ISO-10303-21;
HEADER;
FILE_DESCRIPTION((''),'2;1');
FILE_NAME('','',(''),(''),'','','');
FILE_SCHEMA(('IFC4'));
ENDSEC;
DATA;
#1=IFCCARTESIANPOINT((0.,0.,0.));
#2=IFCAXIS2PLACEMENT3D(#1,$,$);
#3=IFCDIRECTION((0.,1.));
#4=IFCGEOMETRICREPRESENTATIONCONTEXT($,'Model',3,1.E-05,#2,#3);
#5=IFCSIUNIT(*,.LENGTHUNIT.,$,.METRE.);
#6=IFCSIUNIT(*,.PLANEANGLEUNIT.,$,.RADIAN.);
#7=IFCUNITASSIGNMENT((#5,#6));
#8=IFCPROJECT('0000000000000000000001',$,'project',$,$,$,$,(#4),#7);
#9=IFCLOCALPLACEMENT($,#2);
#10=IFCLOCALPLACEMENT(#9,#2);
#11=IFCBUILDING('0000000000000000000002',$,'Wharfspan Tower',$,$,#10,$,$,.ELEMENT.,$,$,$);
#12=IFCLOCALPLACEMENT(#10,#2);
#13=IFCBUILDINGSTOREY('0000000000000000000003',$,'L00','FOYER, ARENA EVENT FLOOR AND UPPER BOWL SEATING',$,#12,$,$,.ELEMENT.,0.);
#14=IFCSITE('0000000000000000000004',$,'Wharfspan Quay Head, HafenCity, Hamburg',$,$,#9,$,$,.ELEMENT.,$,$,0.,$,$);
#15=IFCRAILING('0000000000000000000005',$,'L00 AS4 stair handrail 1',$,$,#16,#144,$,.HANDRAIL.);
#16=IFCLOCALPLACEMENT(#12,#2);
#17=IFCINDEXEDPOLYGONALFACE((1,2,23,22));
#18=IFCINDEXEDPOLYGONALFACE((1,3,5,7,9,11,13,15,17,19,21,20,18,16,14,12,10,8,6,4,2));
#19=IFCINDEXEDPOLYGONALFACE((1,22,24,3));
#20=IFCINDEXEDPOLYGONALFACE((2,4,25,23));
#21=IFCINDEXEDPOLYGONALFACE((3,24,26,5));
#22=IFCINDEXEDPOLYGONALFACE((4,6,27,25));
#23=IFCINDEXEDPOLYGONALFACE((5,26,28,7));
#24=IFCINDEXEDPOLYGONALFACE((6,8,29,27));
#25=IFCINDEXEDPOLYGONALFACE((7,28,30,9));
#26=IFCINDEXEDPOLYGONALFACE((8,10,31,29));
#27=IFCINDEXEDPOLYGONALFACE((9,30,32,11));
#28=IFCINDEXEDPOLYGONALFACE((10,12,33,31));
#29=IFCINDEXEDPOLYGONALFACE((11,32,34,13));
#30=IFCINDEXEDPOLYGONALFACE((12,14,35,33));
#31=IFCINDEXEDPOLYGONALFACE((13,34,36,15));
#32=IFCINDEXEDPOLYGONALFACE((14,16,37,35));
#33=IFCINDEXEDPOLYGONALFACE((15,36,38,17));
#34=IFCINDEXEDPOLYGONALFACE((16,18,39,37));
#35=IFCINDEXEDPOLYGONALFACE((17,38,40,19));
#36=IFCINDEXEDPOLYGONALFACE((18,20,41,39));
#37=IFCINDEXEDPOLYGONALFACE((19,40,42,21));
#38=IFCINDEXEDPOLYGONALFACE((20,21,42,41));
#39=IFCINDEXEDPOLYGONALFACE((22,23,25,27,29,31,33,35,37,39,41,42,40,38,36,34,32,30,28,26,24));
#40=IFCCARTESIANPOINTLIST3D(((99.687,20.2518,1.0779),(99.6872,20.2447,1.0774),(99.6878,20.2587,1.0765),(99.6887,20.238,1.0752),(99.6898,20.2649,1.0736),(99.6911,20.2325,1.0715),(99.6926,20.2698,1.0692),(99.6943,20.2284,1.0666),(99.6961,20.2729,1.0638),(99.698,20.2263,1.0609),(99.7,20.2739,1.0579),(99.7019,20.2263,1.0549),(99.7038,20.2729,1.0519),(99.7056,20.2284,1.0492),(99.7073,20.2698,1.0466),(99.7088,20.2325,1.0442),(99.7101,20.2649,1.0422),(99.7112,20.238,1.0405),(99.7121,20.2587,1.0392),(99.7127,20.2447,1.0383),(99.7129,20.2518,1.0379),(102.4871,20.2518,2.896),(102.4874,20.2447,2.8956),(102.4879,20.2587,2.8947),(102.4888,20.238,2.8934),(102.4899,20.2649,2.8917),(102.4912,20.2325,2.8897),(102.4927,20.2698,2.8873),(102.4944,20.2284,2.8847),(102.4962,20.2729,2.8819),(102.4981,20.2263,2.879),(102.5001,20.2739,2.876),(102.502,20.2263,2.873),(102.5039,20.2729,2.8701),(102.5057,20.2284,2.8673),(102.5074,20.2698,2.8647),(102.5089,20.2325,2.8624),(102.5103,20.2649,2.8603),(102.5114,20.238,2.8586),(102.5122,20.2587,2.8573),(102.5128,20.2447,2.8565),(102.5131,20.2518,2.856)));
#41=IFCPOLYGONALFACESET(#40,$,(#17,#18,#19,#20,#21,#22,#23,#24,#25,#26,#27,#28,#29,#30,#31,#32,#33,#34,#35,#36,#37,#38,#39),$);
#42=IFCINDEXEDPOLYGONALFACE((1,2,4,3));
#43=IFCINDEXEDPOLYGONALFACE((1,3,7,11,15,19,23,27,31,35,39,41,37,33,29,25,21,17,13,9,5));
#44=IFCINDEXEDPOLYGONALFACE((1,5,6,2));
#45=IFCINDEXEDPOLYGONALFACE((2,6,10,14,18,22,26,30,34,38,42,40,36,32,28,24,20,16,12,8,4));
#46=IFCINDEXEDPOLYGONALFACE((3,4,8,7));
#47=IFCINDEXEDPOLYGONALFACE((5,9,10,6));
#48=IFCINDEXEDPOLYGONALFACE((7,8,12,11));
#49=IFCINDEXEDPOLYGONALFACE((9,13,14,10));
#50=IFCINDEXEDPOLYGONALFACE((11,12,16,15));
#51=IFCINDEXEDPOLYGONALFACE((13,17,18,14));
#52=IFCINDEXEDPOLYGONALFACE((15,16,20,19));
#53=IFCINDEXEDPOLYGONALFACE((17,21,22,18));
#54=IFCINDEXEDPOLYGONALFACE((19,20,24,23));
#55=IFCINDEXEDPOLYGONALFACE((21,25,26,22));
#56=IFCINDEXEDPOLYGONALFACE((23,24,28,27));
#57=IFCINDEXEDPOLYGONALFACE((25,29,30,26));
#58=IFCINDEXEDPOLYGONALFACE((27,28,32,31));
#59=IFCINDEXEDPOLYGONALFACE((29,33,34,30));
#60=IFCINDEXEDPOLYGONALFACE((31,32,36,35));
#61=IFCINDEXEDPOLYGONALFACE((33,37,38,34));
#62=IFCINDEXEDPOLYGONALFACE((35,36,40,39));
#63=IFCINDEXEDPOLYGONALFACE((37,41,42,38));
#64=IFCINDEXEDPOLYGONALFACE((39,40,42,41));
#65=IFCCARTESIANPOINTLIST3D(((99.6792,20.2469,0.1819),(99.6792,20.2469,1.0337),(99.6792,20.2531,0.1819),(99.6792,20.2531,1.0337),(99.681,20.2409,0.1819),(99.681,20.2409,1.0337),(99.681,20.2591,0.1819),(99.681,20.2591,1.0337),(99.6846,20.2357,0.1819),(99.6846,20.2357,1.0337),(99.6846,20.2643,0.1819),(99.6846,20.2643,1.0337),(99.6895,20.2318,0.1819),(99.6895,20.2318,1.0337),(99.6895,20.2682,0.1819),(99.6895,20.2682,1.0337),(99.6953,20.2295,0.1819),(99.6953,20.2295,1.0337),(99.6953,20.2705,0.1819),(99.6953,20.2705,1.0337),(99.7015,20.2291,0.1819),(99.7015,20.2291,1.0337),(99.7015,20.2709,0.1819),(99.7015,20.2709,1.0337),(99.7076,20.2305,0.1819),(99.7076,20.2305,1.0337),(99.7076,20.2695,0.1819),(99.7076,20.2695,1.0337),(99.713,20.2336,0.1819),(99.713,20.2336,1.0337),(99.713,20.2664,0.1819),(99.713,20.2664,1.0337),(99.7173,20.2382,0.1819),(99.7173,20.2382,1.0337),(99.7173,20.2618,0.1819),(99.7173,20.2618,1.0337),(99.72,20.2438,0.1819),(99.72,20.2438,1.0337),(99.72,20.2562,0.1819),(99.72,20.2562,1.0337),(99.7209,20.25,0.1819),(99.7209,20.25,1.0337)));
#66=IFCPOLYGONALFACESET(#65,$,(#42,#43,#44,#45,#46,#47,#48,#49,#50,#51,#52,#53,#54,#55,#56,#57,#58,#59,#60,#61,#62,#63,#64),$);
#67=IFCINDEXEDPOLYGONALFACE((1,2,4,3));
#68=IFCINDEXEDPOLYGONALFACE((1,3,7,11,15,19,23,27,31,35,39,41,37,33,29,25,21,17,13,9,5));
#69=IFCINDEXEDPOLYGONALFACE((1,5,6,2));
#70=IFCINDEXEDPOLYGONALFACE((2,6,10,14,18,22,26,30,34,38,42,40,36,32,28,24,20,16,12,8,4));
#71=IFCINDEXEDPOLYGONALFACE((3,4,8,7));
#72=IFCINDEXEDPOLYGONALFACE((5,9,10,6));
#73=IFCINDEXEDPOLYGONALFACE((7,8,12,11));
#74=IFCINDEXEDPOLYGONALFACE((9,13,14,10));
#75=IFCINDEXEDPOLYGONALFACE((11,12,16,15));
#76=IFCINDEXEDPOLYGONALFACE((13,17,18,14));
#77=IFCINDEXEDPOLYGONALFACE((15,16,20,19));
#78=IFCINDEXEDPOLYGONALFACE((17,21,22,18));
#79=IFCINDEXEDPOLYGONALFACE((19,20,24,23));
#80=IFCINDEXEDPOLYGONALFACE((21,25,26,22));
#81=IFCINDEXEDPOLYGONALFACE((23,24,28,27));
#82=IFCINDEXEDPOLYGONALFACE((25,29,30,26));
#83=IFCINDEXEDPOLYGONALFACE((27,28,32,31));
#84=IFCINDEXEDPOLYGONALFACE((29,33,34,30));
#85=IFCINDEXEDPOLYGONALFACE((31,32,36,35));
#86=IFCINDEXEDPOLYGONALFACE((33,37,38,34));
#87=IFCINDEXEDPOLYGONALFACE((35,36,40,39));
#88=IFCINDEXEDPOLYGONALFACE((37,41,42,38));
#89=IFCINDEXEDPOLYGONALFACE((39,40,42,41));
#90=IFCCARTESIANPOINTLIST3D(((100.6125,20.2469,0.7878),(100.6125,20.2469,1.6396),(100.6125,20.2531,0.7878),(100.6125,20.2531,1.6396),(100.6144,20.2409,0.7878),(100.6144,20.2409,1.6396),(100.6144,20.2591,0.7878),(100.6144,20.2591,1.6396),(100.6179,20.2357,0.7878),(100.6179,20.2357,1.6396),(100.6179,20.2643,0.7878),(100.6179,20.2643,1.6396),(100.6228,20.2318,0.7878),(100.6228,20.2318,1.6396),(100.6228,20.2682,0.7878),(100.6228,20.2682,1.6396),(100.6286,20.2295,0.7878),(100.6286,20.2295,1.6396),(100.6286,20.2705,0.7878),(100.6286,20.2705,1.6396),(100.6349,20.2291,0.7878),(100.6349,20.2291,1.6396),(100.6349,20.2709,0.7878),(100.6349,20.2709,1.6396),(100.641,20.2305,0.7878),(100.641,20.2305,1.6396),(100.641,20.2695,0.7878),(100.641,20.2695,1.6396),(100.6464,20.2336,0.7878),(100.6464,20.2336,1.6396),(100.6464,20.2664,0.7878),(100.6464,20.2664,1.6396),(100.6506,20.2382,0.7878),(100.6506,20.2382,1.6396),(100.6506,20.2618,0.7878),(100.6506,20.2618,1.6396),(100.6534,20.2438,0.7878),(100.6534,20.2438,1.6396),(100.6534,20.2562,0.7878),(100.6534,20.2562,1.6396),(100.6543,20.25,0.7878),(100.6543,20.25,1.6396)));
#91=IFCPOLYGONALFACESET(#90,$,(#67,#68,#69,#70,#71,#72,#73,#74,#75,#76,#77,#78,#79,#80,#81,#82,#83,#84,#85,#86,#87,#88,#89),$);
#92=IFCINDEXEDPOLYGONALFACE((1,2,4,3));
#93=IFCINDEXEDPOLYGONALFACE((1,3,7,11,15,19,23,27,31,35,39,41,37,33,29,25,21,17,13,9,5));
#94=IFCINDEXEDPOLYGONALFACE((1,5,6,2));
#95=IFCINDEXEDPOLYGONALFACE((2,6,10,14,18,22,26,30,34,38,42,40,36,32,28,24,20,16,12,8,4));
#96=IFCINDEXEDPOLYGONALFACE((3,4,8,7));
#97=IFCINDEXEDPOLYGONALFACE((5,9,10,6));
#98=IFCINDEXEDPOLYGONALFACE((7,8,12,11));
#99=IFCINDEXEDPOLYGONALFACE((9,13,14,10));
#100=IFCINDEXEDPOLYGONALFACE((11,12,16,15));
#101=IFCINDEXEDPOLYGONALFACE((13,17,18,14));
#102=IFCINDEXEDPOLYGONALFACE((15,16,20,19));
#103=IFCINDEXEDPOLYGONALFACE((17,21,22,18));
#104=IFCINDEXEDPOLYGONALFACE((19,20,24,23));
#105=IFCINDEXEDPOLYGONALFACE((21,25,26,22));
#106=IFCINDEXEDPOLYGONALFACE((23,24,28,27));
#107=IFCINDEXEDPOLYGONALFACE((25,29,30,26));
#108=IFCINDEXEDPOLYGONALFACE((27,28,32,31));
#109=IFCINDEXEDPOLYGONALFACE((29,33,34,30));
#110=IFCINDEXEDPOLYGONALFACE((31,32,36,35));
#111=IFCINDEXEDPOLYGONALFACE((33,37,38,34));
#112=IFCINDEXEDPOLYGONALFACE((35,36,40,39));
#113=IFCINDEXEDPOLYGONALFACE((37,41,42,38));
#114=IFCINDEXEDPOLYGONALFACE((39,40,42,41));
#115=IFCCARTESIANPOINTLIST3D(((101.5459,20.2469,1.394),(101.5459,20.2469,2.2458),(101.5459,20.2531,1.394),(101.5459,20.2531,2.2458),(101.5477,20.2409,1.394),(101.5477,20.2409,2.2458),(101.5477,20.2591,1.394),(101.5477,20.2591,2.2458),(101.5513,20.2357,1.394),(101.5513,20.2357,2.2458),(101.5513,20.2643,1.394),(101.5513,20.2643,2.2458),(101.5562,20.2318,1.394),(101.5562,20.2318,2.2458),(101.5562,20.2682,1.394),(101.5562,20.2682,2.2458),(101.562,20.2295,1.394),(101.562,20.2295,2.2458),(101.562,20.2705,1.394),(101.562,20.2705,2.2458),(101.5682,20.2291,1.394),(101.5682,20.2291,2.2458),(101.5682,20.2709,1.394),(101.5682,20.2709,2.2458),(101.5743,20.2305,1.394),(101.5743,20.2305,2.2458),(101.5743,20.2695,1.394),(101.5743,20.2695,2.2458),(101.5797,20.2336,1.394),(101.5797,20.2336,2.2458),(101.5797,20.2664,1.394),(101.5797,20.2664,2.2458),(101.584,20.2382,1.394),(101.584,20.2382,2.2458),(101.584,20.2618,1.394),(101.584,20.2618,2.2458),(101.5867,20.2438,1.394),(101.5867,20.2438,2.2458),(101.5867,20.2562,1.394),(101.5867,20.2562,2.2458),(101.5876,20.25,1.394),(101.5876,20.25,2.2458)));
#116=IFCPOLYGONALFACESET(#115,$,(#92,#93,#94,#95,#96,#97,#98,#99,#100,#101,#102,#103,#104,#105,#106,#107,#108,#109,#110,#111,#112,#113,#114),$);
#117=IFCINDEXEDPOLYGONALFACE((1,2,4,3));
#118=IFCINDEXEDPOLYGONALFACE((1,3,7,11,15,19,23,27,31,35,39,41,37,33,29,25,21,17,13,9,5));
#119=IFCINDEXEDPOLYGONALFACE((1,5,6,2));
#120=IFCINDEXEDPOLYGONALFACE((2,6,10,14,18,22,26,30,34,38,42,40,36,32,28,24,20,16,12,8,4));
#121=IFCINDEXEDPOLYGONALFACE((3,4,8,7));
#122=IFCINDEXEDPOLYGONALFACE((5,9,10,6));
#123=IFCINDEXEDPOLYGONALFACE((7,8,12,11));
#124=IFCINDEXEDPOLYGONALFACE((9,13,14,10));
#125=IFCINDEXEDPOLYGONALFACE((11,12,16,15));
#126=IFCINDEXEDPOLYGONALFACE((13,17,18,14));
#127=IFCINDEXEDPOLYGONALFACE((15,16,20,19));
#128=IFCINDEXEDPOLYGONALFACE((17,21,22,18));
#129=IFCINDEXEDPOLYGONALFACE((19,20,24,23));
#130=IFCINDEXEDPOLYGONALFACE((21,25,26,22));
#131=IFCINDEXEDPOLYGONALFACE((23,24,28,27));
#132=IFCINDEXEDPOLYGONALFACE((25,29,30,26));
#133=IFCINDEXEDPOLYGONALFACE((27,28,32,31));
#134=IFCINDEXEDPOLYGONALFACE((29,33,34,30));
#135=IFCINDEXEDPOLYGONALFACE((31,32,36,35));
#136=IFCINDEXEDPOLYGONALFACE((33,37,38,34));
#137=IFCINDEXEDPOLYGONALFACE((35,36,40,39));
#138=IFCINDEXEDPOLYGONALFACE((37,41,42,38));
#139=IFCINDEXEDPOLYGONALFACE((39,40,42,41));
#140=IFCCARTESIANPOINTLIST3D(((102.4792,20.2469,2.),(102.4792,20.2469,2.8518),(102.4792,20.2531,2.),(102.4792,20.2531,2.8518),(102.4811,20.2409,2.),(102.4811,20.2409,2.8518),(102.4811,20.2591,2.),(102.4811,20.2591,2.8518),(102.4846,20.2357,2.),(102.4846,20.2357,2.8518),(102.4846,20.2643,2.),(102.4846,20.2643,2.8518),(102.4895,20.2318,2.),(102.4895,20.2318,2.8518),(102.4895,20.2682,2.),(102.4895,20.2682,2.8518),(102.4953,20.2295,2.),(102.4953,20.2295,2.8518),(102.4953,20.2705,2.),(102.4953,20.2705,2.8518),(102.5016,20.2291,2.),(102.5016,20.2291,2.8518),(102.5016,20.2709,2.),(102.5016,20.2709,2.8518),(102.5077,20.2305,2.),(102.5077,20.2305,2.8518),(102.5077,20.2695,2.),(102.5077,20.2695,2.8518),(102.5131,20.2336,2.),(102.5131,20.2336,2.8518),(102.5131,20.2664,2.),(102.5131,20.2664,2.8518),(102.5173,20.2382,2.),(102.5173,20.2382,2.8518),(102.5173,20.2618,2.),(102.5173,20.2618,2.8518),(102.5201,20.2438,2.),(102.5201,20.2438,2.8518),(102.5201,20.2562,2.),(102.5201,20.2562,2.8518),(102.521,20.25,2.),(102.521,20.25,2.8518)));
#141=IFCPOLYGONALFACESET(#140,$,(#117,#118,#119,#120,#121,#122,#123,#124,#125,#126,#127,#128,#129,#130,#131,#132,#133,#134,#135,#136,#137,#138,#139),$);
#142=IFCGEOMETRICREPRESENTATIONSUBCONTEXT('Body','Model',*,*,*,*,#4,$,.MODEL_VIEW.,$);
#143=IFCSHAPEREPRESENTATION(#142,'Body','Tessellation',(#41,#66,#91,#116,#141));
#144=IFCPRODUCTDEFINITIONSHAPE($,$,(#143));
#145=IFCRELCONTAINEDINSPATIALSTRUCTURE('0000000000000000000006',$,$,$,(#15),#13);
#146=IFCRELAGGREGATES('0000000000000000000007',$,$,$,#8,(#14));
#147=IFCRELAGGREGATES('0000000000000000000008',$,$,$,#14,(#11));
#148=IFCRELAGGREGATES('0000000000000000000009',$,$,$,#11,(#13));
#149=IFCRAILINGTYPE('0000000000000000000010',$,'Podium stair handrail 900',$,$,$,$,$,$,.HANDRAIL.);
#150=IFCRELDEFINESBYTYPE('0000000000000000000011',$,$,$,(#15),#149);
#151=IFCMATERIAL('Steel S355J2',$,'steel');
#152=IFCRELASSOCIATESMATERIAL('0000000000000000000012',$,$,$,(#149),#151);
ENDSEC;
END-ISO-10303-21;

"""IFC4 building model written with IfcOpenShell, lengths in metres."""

from ifc_helpers import new_model, si_unit, direction, frame, origin, origin_2d, place, context, subcontext, project, spatial, circle, extrude, material, type_object, element, save


model = new_model("IFC4")

# Units and contexts
model_context = context("Model", 3, precision=1e-05, world=origin(), true_north=direction((0.0, 1.0)))
body_context = subcontext(model_context, "Body", "Model", "MODEL_VIEW")
ifc_project = project(units=[si_unit("LENGTHUNIT", "METRE"), si_unit("PLANEANGLEUNIT", "RADIAN")], contexts=[model_context])

# Site, building, storey
site_placement = place(None, origin())
site = spatial("IfcSite", under=ifc_project, at=site_placement, Name="Wharfspan Quay Head, HafenCity, Hamburg", CompositionType="ELEMENT", RefElevation=0.0)
building_placement = place(site_placement, origin())
building = spatial("IfcBuilding", under=site, at=building_placement, Name="Wharfspan Tower", CompositionType="ELEMENT")
storey_placement = place(building_placement, origin())
storey = spatial("IfcBuildingStorey", under=building, at=storey_placement, Name="L00", Description="FOYER, ARENA EVENT FLOOR AND UPPER BOWL SEATING", CompositionType="ELEMENT", Elevation=0.0)

# Railing
ifc_material_1 = material(Name="Steel S355J2", Category="steel")
railing_type_1 = type_object("IfcRailingType", Name="Podium stair handrail 900", PredefinedType="HANDRAIL", material=ifc_material_1)
railing_1_placement = place(storey_placement, frame((99.7, 20.25, 0.1819)))
element("IfcRailing", 1, at=railing_1_placement, inside=storey, type_object=railing_type_1, Name="L00 AS4 stair handrail 1", PredefinedType="HANDRAIL", context=body_context, shape_type="SweptSolid", body=[
    extrude(circle(Radius=0.0239, at=origin_2d()), frame((0.0, 0.0, 0.876), z_axis=(0.838706, 0.0, 0.544585), x_axis=(0.0, 1.0, 0.0)), (0.0, 0.0, 1.0), 3.3386),
    extrude(circle(Radius=0.021, at=origin_2d()), origin(), (0.0, 0.0, 1.0), 0.8518),
    extrude(circle(Radius=0.021, at=origin_2d()), frame((0.9334, 0.0, 0.606)), (0.0, 0.0, 1.0), 0.8518),
    extrude(circle(Radius=0.021, at=origin_2d()), frame((1.8667, 0.0, 1.2122)), (0.0, 0.0, 1.0), 0.8518),
    extrude(circle(Radius=0.021, at=origin_2d()), frame((2.8, 0.0, 1.8181)), (0.0, 0.0, 1.0), 0.8518),
])

save(model, "model.ifc")
